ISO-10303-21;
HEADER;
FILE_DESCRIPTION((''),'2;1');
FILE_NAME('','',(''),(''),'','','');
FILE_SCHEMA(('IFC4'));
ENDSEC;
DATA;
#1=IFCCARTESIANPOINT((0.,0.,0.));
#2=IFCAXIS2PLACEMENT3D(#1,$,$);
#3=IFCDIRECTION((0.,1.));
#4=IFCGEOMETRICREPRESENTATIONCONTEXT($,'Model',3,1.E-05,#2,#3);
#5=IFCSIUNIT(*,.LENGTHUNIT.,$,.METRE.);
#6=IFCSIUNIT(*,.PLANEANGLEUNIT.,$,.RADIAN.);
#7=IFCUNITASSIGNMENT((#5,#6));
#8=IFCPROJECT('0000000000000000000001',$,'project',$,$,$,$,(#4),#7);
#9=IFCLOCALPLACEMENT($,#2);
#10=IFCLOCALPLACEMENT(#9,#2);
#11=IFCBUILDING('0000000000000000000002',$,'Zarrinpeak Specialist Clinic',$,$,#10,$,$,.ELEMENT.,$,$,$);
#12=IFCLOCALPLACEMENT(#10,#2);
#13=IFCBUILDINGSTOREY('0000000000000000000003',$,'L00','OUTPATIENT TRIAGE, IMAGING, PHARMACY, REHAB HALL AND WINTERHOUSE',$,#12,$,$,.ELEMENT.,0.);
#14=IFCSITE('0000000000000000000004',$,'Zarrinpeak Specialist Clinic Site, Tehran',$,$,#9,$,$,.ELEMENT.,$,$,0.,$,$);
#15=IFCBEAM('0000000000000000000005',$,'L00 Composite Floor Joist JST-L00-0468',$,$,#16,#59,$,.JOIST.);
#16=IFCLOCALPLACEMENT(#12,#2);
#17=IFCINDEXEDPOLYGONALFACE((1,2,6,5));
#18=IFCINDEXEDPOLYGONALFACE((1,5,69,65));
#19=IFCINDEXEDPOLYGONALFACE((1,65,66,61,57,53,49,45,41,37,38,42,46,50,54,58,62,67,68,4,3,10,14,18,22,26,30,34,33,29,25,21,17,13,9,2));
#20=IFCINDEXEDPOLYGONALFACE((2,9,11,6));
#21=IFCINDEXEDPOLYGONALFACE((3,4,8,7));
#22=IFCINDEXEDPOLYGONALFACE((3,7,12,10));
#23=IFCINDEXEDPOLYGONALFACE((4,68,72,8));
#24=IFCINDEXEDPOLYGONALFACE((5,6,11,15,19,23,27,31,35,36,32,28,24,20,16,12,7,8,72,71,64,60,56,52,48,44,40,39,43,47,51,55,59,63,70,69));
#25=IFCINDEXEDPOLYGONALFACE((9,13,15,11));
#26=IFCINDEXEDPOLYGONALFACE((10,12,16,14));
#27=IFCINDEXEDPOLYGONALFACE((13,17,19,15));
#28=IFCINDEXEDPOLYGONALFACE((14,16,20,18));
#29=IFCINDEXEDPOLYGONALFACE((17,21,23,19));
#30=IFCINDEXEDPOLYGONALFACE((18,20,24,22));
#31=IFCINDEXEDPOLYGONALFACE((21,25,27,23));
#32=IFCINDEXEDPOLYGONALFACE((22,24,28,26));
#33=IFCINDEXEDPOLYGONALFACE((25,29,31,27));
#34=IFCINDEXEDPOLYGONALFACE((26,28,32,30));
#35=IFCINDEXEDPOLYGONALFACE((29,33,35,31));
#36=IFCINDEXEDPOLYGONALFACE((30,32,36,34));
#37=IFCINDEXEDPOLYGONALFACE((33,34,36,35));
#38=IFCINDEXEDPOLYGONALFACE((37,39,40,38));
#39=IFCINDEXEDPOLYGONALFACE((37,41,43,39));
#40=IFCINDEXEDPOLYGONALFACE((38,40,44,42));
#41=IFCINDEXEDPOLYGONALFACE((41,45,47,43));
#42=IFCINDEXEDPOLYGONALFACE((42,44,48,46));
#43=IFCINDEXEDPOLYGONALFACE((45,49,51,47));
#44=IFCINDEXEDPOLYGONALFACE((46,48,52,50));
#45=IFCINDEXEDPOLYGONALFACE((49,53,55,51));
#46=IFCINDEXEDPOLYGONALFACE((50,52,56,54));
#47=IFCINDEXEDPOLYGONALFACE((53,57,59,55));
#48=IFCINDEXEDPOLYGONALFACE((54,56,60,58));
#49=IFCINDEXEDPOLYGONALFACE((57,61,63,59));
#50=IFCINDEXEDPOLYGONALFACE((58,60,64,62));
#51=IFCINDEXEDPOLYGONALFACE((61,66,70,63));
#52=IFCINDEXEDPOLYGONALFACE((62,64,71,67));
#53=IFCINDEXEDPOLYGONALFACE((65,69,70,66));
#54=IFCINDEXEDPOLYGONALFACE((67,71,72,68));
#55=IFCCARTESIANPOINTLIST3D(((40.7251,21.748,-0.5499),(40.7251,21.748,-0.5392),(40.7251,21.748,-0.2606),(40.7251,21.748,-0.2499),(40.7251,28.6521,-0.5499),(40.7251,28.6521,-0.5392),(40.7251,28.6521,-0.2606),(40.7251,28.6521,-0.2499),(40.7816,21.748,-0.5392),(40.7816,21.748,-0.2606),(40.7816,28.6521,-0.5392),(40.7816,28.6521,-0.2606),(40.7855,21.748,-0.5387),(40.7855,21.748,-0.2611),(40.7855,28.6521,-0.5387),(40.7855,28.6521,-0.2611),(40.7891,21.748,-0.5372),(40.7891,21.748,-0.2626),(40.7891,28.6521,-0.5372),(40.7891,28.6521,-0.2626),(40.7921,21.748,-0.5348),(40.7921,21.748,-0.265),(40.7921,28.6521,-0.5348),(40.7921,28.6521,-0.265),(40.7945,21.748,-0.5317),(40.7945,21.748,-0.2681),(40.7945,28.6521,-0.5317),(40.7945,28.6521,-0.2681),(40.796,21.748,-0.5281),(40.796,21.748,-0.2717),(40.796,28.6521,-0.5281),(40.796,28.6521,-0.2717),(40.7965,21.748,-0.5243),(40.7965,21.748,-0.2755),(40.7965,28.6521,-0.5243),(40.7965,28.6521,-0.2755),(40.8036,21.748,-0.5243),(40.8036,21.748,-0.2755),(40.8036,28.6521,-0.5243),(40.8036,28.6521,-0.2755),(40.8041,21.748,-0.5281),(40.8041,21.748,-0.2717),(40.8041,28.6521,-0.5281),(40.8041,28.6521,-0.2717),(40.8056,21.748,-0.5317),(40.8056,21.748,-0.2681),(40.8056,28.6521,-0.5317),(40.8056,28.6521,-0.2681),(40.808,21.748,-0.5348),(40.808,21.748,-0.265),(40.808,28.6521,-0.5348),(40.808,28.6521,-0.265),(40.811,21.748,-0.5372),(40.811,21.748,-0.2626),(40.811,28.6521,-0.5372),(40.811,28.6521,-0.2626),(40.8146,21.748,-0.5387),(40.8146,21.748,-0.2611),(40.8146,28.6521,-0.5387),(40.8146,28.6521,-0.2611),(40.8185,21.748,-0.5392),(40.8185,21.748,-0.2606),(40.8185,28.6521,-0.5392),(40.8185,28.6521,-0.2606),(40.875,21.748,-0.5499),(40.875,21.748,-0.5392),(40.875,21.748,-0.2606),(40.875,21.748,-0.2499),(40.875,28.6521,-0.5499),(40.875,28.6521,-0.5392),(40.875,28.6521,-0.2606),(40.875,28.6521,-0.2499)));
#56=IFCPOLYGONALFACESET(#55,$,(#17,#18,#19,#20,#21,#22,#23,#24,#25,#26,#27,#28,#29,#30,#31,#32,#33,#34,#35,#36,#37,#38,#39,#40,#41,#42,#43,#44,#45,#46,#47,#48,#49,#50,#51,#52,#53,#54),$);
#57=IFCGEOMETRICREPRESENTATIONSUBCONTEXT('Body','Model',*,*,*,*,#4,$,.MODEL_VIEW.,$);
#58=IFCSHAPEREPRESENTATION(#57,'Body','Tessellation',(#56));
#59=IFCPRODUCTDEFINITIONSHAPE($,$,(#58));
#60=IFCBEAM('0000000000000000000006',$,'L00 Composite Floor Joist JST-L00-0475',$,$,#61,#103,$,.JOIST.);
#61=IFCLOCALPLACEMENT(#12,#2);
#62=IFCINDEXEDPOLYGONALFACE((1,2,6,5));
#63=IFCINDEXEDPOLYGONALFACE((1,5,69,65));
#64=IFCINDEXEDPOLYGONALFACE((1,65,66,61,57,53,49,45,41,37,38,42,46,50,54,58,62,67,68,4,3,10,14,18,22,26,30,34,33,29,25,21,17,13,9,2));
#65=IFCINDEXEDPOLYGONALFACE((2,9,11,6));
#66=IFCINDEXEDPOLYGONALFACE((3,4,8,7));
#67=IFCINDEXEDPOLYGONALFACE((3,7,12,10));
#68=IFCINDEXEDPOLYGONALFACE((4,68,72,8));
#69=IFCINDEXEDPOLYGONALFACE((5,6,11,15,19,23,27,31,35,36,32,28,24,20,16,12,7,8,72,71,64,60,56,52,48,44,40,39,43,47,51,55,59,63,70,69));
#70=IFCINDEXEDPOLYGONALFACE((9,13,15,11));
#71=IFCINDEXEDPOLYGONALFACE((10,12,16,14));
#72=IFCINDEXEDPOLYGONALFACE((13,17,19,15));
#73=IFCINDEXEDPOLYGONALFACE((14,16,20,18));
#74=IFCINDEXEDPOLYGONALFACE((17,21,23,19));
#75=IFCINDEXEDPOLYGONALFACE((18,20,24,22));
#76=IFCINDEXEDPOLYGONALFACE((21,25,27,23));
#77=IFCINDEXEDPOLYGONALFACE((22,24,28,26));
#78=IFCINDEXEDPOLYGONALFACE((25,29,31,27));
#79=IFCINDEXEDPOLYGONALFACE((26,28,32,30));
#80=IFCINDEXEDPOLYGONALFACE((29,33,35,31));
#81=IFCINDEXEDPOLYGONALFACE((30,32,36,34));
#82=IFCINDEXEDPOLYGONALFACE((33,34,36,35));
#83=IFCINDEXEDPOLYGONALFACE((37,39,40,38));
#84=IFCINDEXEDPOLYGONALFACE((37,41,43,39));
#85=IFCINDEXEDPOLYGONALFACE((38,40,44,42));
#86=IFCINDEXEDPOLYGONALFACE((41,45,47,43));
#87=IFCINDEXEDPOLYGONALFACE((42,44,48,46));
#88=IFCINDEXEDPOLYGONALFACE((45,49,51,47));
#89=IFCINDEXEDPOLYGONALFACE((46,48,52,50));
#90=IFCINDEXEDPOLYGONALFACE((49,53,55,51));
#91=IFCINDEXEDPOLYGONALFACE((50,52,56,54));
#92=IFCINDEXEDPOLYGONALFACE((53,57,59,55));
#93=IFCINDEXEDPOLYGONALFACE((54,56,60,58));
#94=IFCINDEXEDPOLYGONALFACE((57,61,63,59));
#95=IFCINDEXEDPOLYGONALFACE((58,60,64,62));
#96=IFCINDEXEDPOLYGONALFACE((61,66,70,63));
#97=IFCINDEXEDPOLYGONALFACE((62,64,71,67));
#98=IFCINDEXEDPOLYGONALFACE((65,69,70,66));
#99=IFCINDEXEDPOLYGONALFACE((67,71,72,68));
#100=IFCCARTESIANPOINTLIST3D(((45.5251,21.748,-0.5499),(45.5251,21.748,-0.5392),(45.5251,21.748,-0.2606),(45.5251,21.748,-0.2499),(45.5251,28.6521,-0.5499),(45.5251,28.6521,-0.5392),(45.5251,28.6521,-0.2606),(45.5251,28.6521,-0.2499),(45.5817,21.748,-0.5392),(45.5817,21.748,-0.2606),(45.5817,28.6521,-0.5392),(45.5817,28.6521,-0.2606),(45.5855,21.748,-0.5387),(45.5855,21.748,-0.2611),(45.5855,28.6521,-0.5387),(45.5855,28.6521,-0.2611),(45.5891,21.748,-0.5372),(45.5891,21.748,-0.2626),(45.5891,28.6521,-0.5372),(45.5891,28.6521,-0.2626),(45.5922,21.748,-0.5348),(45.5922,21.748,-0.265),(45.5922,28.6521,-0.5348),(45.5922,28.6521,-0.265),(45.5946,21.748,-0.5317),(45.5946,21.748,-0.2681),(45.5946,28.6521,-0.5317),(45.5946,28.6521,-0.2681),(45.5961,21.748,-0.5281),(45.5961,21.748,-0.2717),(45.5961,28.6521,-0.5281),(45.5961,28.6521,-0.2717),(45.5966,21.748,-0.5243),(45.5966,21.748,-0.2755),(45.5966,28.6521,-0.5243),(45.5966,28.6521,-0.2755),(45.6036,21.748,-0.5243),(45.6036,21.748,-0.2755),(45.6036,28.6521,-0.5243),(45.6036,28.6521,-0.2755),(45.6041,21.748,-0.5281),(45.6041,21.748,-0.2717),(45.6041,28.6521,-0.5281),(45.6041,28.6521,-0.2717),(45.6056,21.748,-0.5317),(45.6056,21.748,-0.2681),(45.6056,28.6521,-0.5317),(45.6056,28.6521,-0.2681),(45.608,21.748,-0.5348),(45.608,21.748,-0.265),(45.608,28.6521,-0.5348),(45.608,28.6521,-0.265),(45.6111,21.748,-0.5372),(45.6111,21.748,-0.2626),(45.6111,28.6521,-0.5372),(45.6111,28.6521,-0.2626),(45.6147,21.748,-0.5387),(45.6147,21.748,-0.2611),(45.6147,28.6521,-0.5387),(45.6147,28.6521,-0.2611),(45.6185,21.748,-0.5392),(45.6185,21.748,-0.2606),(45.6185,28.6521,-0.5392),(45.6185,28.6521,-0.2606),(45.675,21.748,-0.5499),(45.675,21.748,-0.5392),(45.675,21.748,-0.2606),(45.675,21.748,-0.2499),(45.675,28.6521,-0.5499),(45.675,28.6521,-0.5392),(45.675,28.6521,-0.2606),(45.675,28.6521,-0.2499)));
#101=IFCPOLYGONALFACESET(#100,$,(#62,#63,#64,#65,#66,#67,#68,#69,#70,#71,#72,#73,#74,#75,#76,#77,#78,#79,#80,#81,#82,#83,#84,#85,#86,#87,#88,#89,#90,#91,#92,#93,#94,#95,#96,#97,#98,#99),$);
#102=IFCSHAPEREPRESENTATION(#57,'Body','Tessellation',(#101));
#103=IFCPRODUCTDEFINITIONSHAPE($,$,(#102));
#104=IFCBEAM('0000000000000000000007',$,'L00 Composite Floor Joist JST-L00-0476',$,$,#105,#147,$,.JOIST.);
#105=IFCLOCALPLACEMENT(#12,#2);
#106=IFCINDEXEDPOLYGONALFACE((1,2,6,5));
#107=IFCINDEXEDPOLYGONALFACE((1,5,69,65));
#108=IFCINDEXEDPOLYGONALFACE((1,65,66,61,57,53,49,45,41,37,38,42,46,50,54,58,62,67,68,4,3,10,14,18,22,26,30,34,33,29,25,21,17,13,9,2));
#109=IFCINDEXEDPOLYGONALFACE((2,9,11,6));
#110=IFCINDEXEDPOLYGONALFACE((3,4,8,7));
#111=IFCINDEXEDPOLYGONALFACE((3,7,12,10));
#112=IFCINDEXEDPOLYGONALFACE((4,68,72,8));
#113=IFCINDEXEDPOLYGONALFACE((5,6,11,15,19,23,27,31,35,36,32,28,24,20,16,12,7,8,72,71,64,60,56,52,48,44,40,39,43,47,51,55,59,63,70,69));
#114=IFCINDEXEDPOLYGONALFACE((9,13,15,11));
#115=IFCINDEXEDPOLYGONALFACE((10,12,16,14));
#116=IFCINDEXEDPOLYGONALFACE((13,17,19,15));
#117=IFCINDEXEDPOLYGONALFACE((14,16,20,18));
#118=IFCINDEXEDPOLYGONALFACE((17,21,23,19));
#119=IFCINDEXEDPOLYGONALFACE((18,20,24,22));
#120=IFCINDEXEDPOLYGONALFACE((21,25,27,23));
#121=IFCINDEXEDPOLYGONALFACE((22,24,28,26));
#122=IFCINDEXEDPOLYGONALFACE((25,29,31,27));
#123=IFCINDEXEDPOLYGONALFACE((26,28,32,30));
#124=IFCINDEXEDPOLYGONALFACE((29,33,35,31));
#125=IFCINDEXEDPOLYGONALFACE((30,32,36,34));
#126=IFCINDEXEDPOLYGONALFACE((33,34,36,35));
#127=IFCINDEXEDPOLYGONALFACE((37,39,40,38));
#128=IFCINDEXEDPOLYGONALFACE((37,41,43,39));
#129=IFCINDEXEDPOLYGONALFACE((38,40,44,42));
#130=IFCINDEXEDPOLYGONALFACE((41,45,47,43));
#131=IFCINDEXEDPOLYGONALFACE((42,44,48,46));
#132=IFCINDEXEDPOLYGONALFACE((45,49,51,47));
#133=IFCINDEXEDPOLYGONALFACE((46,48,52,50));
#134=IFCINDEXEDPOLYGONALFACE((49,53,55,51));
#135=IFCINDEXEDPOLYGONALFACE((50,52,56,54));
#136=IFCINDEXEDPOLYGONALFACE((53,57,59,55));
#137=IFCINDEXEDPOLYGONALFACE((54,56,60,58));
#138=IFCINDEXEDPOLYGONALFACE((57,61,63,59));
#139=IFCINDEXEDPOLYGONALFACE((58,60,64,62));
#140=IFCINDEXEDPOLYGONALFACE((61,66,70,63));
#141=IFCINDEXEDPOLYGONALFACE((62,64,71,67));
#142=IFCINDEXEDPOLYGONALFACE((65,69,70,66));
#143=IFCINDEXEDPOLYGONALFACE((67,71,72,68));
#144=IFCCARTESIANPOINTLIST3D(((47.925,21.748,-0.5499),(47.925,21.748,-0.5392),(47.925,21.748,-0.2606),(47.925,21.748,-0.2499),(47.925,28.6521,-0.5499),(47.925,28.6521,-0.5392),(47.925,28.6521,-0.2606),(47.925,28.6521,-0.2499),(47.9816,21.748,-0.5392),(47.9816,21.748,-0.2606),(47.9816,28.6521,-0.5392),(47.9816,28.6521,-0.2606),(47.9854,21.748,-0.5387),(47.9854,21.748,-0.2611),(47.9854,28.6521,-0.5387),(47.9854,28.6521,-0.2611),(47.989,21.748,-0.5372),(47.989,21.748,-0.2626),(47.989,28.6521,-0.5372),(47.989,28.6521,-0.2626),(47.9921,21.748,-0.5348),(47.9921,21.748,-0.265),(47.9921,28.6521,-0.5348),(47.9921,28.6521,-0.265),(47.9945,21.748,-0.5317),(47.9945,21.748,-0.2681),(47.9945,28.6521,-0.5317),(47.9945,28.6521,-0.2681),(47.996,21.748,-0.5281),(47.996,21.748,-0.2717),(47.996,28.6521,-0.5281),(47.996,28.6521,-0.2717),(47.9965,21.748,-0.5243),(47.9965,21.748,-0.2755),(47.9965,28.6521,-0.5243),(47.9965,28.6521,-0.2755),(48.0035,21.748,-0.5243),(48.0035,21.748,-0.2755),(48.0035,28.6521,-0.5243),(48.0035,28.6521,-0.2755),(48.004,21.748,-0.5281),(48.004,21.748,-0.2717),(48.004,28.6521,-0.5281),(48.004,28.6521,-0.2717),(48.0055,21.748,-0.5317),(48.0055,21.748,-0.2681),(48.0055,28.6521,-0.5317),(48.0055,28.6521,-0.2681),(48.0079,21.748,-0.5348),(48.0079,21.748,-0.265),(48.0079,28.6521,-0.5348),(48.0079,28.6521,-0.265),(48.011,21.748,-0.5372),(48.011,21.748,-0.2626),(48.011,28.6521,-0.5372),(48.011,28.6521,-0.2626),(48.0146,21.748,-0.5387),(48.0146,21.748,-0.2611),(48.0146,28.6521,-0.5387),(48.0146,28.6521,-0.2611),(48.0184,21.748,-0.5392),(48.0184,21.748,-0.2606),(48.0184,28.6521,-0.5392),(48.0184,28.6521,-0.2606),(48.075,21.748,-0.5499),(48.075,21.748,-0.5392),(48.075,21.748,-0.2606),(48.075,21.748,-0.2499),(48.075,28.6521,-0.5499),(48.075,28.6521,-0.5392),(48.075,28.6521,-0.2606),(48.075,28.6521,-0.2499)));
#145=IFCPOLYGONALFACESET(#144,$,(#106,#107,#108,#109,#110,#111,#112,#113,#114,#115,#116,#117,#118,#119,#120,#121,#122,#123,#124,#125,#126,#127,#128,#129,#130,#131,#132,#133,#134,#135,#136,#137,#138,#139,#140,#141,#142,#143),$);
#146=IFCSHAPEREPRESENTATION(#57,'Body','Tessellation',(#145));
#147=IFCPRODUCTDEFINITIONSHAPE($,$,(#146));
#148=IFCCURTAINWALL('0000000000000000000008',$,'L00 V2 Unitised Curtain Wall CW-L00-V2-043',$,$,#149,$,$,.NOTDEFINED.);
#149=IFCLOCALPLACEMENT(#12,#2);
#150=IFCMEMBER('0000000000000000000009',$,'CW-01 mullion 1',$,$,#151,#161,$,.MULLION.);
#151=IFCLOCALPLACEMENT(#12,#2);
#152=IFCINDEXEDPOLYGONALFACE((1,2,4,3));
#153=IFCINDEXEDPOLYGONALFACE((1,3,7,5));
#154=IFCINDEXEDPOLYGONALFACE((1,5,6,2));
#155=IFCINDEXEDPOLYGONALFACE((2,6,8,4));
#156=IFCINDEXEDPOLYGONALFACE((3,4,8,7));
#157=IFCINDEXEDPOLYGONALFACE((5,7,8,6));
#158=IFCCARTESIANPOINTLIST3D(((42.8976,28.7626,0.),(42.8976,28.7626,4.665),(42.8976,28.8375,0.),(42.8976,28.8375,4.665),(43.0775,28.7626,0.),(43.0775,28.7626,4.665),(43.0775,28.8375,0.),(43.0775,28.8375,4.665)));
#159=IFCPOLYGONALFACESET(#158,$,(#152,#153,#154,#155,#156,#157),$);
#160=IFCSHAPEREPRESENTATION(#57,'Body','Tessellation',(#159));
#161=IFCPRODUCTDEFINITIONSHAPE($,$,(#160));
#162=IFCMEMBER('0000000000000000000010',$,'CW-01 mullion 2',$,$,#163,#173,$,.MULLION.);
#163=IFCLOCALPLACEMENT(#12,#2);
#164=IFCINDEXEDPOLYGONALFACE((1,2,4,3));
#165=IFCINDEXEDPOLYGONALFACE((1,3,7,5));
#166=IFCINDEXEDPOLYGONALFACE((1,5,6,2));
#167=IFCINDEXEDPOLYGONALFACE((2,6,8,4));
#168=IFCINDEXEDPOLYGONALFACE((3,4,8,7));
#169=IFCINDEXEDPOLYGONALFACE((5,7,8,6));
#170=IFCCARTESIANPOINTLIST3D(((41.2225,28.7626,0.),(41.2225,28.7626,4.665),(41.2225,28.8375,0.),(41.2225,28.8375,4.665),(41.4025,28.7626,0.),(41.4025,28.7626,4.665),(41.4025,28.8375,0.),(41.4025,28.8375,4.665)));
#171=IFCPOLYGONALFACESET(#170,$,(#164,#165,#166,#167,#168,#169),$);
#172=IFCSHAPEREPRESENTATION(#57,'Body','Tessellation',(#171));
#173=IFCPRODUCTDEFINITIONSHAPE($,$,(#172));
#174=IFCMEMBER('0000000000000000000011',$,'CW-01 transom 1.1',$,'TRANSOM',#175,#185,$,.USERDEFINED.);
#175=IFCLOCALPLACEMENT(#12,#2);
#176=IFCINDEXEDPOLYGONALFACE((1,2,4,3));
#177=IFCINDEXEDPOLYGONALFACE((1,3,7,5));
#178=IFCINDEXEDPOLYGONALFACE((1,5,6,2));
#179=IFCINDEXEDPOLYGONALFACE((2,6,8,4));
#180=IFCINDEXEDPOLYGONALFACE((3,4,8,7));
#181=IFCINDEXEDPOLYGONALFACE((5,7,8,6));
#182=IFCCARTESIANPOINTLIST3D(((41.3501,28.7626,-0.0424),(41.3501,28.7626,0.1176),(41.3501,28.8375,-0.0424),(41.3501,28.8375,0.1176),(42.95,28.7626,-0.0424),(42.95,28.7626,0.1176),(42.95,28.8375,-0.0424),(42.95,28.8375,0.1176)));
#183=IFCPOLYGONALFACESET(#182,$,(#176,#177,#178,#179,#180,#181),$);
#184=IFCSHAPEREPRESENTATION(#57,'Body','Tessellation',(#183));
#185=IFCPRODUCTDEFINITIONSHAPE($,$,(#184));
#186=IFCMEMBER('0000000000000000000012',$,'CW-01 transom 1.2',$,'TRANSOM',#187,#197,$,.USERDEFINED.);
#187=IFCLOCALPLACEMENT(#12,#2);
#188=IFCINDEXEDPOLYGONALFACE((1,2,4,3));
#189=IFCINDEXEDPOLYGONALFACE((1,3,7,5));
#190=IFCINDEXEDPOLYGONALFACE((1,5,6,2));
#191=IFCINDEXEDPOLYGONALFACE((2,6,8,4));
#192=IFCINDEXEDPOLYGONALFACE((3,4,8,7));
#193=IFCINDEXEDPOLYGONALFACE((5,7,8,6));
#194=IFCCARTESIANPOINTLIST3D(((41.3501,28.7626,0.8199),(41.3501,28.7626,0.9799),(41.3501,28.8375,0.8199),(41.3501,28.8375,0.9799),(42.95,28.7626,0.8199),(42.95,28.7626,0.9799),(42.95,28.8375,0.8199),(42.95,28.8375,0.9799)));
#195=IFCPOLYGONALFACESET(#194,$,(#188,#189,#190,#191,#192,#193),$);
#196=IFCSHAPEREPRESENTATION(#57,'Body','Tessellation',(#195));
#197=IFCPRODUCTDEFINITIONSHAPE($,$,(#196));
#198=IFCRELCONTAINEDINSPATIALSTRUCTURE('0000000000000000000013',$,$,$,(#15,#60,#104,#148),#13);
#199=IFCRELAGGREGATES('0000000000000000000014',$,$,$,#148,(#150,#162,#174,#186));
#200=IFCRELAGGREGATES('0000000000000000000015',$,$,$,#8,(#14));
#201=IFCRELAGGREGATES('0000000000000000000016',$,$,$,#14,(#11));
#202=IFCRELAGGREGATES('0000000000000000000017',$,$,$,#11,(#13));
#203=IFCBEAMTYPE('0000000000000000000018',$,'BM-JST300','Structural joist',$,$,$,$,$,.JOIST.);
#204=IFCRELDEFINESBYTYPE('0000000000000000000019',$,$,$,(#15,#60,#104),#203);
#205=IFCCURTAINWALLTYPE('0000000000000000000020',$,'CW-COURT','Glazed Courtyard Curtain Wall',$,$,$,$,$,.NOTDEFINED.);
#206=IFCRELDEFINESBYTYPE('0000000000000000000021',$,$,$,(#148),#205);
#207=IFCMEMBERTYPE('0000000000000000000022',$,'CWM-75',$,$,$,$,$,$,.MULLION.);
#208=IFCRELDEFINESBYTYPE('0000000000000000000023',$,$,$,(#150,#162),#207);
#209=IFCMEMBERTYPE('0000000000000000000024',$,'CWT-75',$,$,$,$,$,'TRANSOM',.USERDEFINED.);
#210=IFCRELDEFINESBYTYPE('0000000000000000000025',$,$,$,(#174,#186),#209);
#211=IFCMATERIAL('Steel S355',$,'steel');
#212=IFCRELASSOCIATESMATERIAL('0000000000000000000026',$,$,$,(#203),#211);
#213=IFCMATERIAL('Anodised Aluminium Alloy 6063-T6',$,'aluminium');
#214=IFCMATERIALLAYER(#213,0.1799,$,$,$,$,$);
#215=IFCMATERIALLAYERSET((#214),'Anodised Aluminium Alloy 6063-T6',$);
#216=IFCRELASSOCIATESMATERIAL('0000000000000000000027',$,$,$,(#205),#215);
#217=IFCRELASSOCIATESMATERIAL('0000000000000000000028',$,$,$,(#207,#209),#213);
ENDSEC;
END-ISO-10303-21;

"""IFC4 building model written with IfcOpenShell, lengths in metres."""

from ifc_helpers import new_model, si_unit, direction, frame, origin, origin_2d, place, context, subcontext, project, spatial, rectangle, i_section, extrude, material, layer, layer_set, material_profile, profile_set, type_object, element, aggregate, save


model = new_model("IFC4")

# Units and contexts
model_context = context("Model", 3, precision=1e-05, world=origin(), true_north=direction((0.0, 1.0)))
body_context = subcontext(model_context, "Body", "Model", "MODEL_VIEW")
ifc_project = project(units=[si_unit("LENGTHUNIT", "METRE"), si_unit("PLANEANGLEUNIT", "RADIAN")], contexts=[model_context])

# Site, building, storey
site_placement = place(None, origin())
site = spatial("IfcSite", under=ifc_project, at=site_placement, Name="Zarrinpeak Specialist Clinic Site, Tehran", CompositionType="ELEMENT", RefElevation=0.0)
building_placement = place(site_placement, origin())
building = spatial("IfcBuilding", under=site, at=building_placement, Name="Zarrinpeak Specialist Clinic", CompositionType="ELEMENT")
storey_placement = place(building_placement, origin())
storey = spatial("IfcBuildingStorey", under=building, at=storey_placement, Name="L00", Description="OUTPATIENT TRIAGE, IMAGING, PHARMACY, REHAB HALL AND WINTERHOUSE", CompositionType="ELEMENT", Elevation=0.0)

# Shared definitions
ifc_material_1 = material(Name="Steel S355", Category="steel")

# Beams
ifc_material_profile_1 = material_profile(ifc_material_1, i_section(OverallWidth=0.1499, OverallDepth=0.3, WebThickness=0.0071, FlangeThickness=0.0107, FilletRadius=0.0149, at=origin_2d()), Name="IPE 300")
ifc_profile_set_1 = profile_set([ifc_material_profile_1], Name="Steel S355")
beam_type_1 = type_object("IfcBeamType", Name="BM-JST300", Description="Structural joist", PredefinedType="JOIST", material=ifc_profile_set_1)
for number, where, z_axis, x_axis, name in (
    (1, (40.8, 21.748, -0.3999), (0.0, 1.0, 0.0), (-1.0, 0.0, 0.0), "L00 Composite Floor Joist JST-L00-0468"),
    (2, (45.6001, 21.748, -0.3999), (0.0, 1.0, 0.0), (-1.0, 0.0, 0.0), "L00 Composite Floor Joist JST-L00-0475"),
    (3, (48.0, 21.748, -0.3999), (0.0, 1.0, 0.0), (-1.0, 0.0, 0.0), "L00 Composite Floor Joist JST-L00-0476"),
):
    element("IfcBeam", number, at=place(storey_placement, frame(where, z_axis=z_axis, x_axis=x_axis)), inside=storey, type_object=beam_type_1, Name=name, PredefinedType="JOIST", context=body_context, shape_type="SweptSolid", body=[
        extrude(i_section(OverallWidth=0.1499, OverallDepth=0.3, WebThickness=0.0071, FlangeThickness=0.0107, FilletRadius=0.0149, at=origin_2d()), origin(), (0.0, 0.0, 1.0), 6.9041),
    ])

# Curtain wall, members
ifc_material_2 = material(Name="Anodised Aluminium Alloy 6063-T6", Category="aluminium")
ifc_layer_1 = layer(ifc_material_2, 0.1799)
ifc_layer_set_1 = layer_set([ifc_layer_1], Name="Anodised Aluminium Alloy 6063-T6")
curtain_wall_type = type_object("IfcCurtainWallType", Name="CW-COURT", Description="Glazed Courtyard Curtain Wall", PredefinedType="NOTDEFINED", material=ifc_layer_set_1)
curtain_wall_placement = place(storey_placement, origin())
curtain_wall = element("IfcCurtainWall", 4, at=curtain_wall_placement, inside=storey, type_object=curtain_wall_type, Name="L00 V2 Unitised Curtain Wall CW-L00-V2-043", PredefinedType="NOTDEFINED")
ifc_material_profile_2 = material_profile(ifc_material_2, rectangle(XDim=0.075, YDim=0.1799, at=origin_2d()), Name="ALU 75x180")
ifc_profile_set_2 = profile_set([ifc_material_profile_2], Name="Anodised Aluminium Alloy 6063-T6")
member_type_1 = type_object("IfcMemberType", Name="CWM-75", PredefinedType="MULLION", material=ifc_profile_set_2)
member_1_placement = place(storey_placement, frame((42.9875, 28.8, 0.0), z_axis=(0.0, 0.0, 1.0), x_axis=(0.0, -1.0, 0.0)))
member_1 = element("IfcMember", 5, at=member_1_placement, type_object=member_type_1, Name="CW-01 mullion 1", PredefinedType="MULLION", context=body_context, shape_type="SweptSolid", body=[
    extrude(rectangle(XDim=0.075, YDim=0.1799, at=origin_2d()), origin(), (0.0, 0.0, 1.0), 4.665),
])
member_2_placement = place(storey_placement, frame((41.3125, 28.8, 0.0), z_axis=(0.0, 0.0, 1.0), x_axis=(0.0, -1.0, 0.0)))
member_2 = element("IfcMember", 6, at=member_2_placement, type_object=member_type_1, Name="CW-01 mullion 2", PredefinedType="MULLION", context=body_context, shape_type="SweptSolid", body=[
    extrude(rectangle(XDim=0.075, YDim=0.1799, at=origin_2d()), origin(), (0.0, 0.0, 1.0), 4.665),
])
ifc_material_profile_3 = material_profile(ifc_material_2, rectangle(XDim=0.075, YDim=0.1599, at=origin_2d()), Name="ALU 75x160")
ifc_profile_set_3 = profile_set([ifc_material_profile_3], Name="Anodised Aluminium Alloy 6063-T6")
member_type_2 = type_object("IfcMemberType", Name="CWT-75", ElementType="TRANSOM", PredefinedType="USERDEFINED", material=ifc_profile_set_3)
member_3_placement = place(storey_placement, frame((42.95, 28.8, 0.0376), z_axis=(-1.0, 0.0, 0.0), x_axis=(0.0, -1.0, 0.0)))
member_3 = element("IfcMember", 7, at=member_3_placement, type_object=member_type_2, Name="CW-01 transom 1.1", ObjectType="TRANSOM", PredefinedType="USERDEFINED", context=body_context, shape_type="SweptSolid", body=[
    extrude(rectangle(XDim=0.075, YDim=0.1599, at=origin_2d()), origin(), (0.0, 0.0, 1.0), 1.5999),
])
member_4_placement = place(storey_placement, frame((42.95, 28.8, 0.8999), z_axis=(-1.0, 0.0, 0.0), x_axis=(0.0, -1.0, 0.0)))
member_4 = element("IfcMember", 8, at=member_4_placement, type_object=member_type_2, Name="CW-01 transom 1.2", ObjectType="TRANSOM", PredefinedType="USERDEFINED", context=body_context, shape_type="SweptSolid", body=[
    extrude(rectangle(XDim=0.075, YDim=0.1599, at=origin_2d()), origin(), (0.0, 0.0, 1.0), 1.5999),
])
aggregate(curtain_wall, [member_1, member_2, member_3, member_4])

save(model, "model.ifc")
